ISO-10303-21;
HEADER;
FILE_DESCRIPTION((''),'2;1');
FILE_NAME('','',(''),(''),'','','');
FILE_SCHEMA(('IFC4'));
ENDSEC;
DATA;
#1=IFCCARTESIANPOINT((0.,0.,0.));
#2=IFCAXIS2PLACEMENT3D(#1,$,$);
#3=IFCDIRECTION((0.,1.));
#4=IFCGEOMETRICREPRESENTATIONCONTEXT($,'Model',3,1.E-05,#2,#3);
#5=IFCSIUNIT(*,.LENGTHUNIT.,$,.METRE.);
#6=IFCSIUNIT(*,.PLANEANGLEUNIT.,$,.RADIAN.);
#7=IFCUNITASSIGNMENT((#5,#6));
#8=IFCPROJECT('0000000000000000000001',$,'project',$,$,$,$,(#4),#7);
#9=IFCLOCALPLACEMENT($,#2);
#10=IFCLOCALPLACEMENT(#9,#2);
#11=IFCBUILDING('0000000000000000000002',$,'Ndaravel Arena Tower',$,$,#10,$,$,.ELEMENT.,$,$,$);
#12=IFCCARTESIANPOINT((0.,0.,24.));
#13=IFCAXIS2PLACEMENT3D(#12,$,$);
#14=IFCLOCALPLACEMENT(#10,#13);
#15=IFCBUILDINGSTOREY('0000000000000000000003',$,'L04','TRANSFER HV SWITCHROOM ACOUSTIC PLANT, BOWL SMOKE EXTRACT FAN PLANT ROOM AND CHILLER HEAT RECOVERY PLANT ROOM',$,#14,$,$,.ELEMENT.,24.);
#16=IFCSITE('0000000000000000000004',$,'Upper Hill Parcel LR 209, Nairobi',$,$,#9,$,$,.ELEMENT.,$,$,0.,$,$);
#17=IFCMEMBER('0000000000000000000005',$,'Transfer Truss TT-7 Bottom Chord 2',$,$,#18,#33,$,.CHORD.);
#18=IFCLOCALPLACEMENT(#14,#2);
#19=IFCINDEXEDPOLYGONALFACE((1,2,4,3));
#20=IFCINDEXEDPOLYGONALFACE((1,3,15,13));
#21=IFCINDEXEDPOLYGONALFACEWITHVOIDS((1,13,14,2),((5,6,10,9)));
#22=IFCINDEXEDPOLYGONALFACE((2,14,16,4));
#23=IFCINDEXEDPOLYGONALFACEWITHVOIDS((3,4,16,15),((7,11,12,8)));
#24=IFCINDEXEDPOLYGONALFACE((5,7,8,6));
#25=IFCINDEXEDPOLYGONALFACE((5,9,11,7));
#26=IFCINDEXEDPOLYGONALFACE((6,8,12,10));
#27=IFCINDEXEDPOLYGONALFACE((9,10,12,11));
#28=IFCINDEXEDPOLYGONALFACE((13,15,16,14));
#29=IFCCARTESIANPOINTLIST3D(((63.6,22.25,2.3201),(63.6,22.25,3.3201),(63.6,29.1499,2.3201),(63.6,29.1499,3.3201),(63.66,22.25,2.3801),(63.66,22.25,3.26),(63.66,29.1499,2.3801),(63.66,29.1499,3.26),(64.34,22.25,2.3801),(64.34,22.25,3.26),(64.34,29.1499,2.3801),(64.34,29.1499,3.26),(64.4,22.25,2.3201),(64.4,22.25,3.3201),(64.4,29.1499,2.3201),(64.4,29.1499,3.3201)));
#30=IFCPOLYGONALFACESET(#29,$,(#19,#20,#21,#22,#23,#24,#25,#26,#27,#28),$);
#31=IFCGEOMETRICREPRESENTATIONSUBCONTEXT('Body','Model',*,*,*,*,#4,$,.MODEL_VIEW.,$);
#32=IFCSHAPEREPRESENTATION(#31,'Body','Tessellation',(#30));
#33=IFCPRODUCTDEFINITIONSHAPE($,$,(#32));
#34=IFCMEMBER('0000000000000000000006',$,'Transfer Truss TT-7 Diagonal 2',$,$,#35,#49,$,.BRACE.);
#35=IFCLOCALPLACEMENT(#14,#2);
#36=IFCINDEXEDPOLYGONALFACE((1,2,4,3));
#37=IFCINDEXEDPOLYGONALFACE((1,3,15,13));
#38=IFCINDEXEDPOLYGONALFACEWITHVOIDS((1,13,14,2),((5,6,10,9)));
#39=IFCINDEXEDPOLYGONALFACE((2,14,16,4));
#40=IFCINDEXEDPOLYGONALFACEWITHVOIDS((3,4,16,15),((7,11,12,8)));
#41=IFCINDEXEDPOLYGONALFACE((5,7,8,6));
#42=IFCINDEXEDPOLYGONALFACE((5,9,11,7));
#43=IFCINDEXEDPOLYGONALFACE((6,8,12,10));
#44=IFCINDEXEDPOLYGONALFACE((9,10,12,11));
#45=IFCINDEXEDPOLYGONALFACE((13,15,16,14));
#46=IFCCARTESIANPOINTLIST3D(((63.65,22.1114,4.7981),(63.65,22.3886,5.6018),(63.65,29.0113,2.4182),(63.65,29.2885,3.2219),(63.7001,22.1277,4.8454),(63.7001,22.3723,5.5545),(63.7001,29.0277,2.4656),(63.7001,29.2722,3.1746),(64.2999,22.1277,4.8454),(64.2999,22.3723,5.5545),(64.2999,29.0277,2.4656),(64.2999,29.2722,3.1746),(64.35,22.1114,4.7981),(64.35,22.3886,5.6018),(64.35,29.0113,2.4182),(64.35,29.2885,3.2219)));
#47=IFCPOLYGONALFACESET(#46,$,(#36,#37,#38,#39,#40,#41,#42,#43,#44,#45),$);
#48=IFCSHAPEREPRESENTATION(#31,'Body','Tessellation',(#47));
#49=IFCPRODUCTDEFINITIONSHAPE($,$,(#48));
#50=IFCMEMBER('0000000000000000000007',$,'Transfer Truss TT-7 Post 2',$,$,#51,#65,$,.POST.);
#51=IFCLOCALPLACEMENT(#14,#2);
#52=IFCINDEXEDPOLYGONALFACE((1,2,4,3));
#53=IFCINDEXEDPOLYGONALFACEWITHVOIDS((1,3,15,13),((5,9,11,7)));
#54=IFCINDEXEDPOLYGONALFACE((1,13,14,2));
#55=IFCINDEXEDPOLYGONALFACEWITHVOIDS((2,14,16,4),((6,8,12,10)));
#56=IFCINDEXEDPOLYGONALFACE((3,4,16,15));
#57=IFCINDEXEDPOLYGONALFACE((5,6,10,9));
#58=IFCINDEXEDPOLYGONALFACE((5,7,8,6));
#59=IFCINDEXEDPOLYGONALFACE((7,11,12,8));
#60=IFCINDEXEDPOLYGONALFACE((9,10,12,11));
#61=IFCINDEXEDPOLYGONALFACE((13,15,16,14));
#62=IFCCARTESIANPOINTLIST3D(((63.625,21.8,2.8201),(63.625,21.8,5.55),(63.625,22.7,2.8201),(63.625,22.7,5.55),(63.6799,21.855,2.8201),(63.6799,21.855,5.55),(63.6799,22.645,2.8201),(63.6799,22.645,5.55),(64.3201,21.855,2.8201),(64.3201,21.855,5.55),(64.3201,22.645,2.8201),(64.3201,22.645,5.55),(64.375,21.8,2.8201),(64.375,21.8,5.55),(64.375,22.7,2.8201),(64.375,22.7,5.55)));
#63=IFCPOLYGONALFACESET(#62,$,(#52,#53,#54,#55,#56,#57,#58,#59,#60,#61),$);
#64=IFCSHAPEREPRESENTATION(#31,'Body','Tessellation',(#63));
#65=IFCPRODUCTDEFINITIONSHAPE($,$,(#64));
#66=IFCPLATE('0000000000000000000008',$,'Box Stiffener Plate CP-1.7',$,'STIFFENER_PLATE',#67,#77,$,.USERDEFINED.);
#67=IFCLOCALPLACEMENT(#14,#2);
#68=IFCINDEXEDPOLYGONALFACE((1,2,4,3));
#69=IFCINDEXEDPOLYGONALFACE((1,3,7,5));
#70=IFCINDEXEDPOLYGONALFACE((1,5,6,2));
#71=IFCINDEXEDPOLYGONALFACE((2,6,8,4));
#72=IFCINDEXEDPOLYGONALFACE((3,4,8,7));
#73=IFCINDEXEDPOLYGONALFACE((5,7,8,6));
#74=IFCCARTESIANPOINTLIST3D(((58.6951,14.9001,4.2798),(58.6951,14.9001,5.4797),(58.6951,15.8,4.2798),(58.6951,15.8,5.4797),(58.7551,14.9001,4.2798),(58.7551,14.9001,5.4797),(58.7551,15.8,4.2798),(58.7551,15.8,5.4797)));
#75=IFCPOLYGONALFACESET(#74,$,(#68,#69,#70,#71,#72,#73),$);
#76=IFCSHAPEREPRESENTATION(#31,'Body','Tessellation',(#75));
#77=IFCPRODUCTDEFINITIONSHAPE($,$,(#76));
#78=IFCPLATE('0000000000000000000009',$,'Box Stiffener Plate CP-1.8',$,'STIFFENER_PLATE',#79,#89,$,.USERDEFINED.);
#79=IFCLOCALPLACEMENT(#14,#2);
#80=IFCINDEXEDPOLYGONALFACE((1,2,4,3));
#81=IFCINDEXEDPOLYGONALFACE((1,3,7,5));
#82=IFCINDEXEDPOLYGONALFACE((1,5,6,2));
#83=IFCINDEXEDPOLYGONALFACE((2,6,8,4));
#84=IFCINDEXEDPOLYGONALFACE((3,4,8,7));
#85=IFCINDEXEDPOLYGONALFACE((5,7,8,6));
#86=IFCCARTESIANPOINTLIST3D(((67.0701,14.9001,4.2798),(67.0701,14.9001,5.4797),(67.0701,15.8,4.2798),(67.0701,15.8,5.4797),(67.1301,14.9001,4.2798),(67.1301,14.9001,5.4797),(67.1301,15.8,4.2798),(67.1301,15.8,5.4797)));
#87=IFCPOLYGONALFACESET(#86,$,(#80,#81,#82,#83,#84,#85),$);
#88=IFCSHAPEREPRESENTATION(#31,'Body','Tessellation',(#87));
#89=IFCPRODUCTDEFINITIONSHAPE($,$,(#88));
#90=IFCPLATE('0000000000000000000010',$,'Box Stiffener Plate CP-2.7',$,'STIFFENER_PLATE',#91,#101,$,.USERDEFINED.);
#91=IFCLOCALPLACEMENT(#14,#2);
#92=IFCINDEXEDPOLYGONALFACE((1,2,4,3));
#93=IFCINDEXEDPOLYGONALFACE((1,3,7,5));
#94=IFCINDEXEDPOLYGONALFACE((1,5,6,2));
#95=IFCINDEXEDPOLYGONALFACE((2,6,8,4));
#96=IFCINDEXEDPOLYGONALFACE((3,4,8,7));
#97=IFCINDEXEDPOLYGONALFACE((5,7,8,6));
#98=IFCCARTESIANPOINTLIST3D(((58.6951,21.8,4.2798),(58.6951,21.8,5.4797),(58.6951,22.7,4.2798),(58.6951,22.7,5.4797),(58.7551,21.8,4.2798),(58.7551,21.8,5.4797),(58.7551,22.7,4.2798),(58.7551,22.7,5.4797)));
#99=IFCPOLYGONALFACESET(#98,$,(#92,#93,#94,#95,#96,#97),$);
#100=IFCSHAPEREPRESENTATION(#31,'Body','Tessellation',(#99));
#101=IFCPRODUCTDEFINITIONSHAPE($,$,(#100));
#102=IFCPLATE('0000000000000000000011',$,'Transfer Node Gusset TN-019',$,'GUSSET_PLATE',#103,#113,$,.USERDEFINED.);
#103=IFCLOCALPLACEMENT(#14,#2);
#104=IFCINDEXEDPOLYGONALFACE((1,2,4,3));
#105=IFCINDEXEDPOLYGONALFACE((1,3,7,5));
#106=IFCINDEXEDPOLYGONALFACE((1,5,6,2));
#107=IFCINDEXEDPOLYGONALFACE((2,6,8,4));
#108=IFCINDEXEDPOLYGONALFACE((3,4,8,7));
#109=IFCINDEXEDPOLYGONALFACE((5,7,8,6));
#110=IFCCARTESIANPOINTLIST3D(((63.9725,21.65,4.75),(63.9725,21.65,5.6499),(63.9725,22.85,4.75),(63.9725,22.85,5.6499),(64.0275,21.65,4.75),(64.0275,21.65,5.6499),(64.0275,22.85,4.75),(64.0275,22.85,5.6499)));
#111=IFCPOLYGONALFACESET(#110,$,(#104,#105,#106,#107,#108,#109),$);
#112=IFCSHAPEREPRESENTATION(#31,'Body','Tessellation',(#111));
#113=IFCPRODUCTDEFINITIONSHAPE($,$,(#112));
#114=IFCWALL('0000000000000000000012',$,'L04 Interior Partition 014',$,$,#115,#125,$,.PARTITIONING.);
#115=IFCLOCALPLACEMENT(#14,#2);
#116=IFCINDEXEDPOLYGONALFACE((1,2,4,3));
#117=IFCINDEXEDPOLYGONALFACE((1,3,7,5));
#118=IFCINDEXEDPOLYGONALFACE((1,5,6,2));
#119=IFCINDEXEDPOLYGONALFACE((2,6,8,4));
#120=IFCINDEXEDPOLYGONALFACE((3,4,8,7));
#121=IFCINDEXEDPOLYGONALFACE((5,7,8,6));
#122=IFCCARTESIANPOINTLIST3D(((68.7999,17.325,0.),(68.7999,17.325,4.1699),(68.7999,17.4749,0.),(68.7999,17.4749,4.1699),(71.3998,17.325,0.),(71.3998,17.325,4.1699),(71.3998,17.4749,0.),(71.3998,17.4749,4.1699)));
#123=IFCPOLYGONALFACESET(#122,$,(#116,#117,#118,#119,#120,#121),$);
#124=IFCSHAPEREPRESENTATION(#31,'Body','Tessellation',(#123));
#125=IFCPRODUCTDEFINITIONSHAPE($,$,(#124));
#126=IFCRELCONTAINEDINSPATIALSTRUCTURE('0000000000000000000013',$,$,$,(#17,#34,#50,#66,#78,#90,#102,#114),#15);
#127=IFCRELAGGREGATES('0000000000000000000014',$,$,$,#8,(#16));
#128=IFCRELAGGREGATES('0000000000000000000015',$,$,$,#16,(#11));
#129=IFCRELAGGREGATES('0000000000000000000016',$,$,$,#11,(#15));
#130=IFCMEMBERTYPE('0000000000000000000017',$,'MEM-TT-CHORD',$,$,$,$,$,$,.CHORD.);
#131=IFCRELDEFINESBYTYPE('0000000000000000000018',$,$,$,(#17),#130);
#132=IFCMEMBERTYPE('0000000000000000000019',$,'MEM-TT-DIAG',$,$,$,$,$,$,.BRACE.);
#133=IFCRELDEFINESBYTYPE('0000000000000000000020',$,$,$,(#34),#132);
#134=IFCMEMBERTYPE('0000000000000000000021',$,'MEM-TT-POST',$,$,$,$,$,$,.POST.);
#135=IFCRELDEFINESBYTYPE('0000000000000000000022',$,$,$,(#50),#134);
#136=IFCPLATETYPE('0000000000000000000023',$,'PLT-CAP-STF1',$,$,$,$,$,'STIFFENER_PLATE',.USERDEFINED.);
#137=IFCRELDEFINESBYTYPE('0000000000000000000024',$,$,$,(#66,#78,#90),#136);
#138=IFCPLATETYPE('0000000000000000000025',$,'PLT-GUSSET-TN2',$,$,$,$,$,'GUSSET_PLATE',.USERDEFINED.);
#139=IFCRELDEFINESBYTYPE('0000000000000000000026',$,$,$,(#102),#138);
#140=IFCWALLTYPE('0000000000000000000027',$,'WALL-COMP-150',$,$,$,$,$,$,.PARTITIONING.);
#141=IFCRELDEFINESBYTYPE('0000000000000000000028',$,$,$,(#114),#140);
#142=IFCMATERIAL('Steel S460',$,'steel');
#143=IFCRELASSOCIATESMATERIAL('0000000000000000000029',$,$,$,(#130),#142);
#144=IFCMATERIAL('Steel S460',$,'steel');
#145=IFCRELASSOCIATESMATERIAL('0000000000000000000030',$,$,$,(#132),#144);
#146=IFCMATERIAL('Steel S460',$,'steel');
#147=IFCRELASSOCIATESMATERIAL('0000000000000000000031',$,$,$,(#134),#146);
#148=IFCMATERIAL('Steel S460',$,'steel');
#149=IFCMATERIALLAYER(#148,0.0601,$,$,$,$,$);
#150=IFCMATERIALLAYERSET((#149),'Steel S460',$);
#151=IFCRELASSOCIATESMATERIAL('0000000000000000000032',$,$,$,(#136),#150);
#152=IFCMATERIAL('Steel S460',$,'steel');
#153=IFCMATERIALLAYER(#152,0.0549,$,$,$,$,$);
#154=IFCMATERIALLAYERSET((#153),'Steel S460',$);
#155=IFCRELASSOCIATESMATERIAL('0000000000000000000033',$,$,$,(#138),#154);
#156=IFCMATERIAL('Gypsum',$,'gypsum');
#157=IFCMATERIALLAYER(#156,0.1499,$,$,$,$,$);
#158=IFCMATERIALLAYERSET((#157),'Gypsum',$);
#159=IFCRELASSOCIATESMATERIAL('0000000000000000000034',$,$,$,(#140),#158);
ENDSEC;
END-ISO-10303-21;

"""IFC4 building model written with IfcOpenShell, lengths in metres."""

from ifc_helpers import new_model, si_unit, direction, frame, frame_2d, origin, origin_2d, place, context, subcontext, project, spatial, rectangle, hollow_rectangle, extrude, material, layer, layer_set, material_profile, profile_set, type_object, element, save


model = new_model("IFC4")

# Units and contexts
model_context = context("Model", 3, precision=1e-05, world=origin(), true_north=direction((0.0, 1.0)))
body_context = subcontext(model_context, "Body", "Model", "MODEL_VIEW")
ifc_project = project(units=[si_unit("LENGTHUNIT", "METRE"), si_unit("PLANEANGLEUNIT", "RADIAN")], contexts=[model_context])

# Site, building, storey
site_placement = place(None, origin())
site = spatial("IfcSite", under=ifc_project, at=site_placement, Name="Upper Hill Parcel LR 209, Nairobi", CompositionType="ELEMENT", RefElevation=0.0)
building_placement = place(site_placement, origin())
building = spatial("IfcBuilding", under=site, at=building_placement, Name="Ndaravel Arena Tower", CompositionType="ELEMENT")
storey_placement = place(building_placement, frame((0.0, 0.0, 24.0)))
storey = spatial("IfcBuildingStorey", under=building, at=storey_placement, Name="L04", Description="TRANSFER HV SWITCHROOM ACOUSTIC PLANT, BOWL SMOKE EXTRACT FAN PLANT ROOM AND CHILLER HEAT RECOVERY PLANT ROOM", CompositionType="ELEMENT", Elevation=24.0)

# Members
ifc_material_1 = material(Name="Steel S460", Category="steel")
ifc_material_profile_1 = material_profile(ifc_material_1, hollow_rectangle(XDim=0.8, YDim=1.0, WallThickness=0.0601, at=origin_2d()), Name="BOX 1000x800x60")
ifc_profile_set_1 = profile_set([ifc_material_profile_1], Name="Steel S460")
member_type_1 = type_object("IfcMemberType", Name="MEM-TT-CHORD", PredefinedType="CHORD", material=ifc_profile_set_1)
for number, where, z_axis, x_axis, name in (
    (1, (64.0, 22.25, 2.8201), (0.0, 1.0, 0.0), (-1.0, 0.0, 0.0), "Transfer Truss TT-7 Bottom Chord 2"),
):
    element("IfcMember", number, at=place(storey_placement, frame(where, z_axis=z_axis, x_axis=x_axis)), inside=storey, type_object=member_type_1, Name=name, PredefinedType="CHORD", context=body_context, shape_type="SweptSolid", body=[
        extrude(hollow_rectangle(XDim=0.8, YDim=1.0, WallThickness=0.0601, at=origin_2d()), origin(), (0.0, 0.0, 1.0), 6.8999),
    ])
ifc_material_2 = material(Name="Steel S460", Category="steel")
ifc_material_profile_2 = material_profile(ifc_material_2, hollow_rectangle(XDim=0.7, YDim=0.8501, WallThickness=0.05, at=origin_2d()), Name="BOX 850x700x50")
ifc_profile_set_2 = profile_set([ifc_material_profile_2], Name="Steel S460")
member_type_2 = type_object("IfcMemberType", Name="MEM-TT-DIAG", PredefinedType="BRACE", material=ifc_profile_set_2)
member_1_placement = place(storey_placement, frame((64.0, 22.25, 5.2), z_axis=(0.0, 0.945347, -0.326065), x_axis=(-1.0, 0.0, 0.0)))
element("IfcMember", 2, at=member_1_placement, inside=storey, type_object=member_type_2, Name="Transfer Truss TT-7 Diagonal 2", PredefinedType="BRACE", context=body_context, shape_type="SweptSolid", body=[
    extrude(hollow_rectangle(XDim=0.7, YDim=0.8501, WallThickness=0.05, at=origin_2d()), origin(), (0.0, 0.0, 1.0), 7.2988),
])
ifc_material_3 = material(Name="Steel S460", Category="steel")
ifc_material_profile_3 = material_profile(ifc_material_3, hollow_rectangle(XDim=0.75, YDim=0.8999, WallThickness=0.0549, at=origin_2d()), Name="BOX 900x750x55")
ifc_profile_set_3 = profile_set([ifc_material_profile_3], Name="Steel S460")
member_type_3 = type_object("IfcMemberType", Name="MEM-TT-POST", PredefinedType="POST", material=ifc_profile_set_3)
member_2_placement = place(storey_placement, frame((64.0, 22.25, 2.8201), z_axis=(0.0, 0.0, 1.0), x_axis=(1.0, 0.0, 0.0)))
element("IfcMember", 3, at=member_2_placement, inside=storey, type_object=member_type_3, Name="Transfer Truss TT-7 Post 2", PredefinedType="POST", context=body_context, shape_type="SweptSolid", body=[
    extrude(hollow_rectangle(XDim=0.75, YDim=0.8999, WallThickness=0.0549, at=origin_2d()), origin(), (0.0, 0.0, 1.0), 2.73),
])

# Plates
ifc_material_4 = material(Name="Steel S460", Category="steel")
ifc_layer_1 = layer(ifc_material_4, 0.0601)
ifc_layer_set_1 = layer_set([ifc_layer_1], Name="Steel S460")
plate_type_1 = type_object("IfcPlateType", Name="PLT-CAP-STF1", ElementType="STIFFENER_PLATE", PredefinedType="USERDEFINED", material=ifc_layer_set_1)
for number, where, z_axis, x_axis, name in (
    (4, (58.7251, 15.3501, 4.2798), (0.0, 0.0, 1.0), (1.0, 0.0, 0.0), "Box Stiffener Plate CP-1.7"),
    (5, (67.1001, 15.3501, 4.2798), (0.0, 0.0, 1.0), (1.0, 0.0, 0.0), "Box Stiffener Plate CP-1.8"),
    (6, (58.7251, 22.25, 4.2798), (0.0, 0.0, 1.0), (1.0, 0.0, 0.0), "Box Stiffener Plate CP-2.7"),
):
    element("IfcPlate", number, at=place(storey_placement, frame(where, z_axis=z_axis, x_axis=x_axis)), inside=storey, type_object=plate_type_1, Name=name, ObjectType="STIFFENER_PLATE", PredefinedType="USERDEFINED", context=body_context, shape_type="SweptSolid", body=[
        extrude(rectangle(XDim=0.0601, YDim=0.8999, at=origin_2d()), origin(), (0.0, 0.0, 1.0), 1.2),
    ])
ifc_material_5 = material(Name="Steel S460", Category="steel")
ifc_layer_2 = layer(ifc_material_5, 0.0549)
ifc_layer_set_2 = layer_set([ifc_layer_2], Name="Steel S460")
plate_type_2 = type_object("IfcPlateType", Name="PLT-GUSSET-TN2", ElementType="GUSSET_PLATE", PredefinedType="USERDEFINED", material=ifc_layer_set_2)
plate_placement = place(storey_placement, frame((64.0, 22.25, 4.75), z_axis=(0.0, 0.0, 1.0), x_axis=(1.0, 0.0, 0.0)))
element("IfcPlate", 7, at=plate_placement, inside=storey, type_object=plate_type_2, Name="Transfer Node Gusset TN-019", ObjectType="GUSSET_PLATE", PredefinedType="USERDEFINED", context=body_context, shape_type="SweptSolid", body=[
    extrude(rectangle(XDim=0.0549, YDim=1.2, at=origin_2d()), origin(), (0.0, 0.0, 1.0), 0.8999),
])

# Wall
ifc_material_6 = material(Name="Gypsum", Category="gypsum")
ifc_layer_3 = layer(ifc_material_6, 0.1499)
ifc_layer_set_3 = layer_set([ifc_layer_3], Name="Gypsum")
wall_type = type_object("IfcWallType", Name="WALL-COMP-150", PredefinedType="PARTITIONING", material=ifc_layer_set_3)
wall_placement = place(storey_placement, frame((68.8, 17.3999, 0.0), z_axis=(0.0, 0.0, 1.0), x_axis=(1.0, 0.0, 0.0)))
element("IfcWall", 8, at=wall_placement, inside=storey, type_object=wall_type, Name="L04 Interior Partition 014", PredefinedType="PARTITIONING", context=body_context, shape_type="SweptSolid", body=[
    extrude(rectangle(XDim=2.5999, YDim=0.1499, at=frame_2d((1.2998, 0.0))), origin(), (0.0, 0.0, 1.0), 4.1699),
])

save(model, "model.ifc")
